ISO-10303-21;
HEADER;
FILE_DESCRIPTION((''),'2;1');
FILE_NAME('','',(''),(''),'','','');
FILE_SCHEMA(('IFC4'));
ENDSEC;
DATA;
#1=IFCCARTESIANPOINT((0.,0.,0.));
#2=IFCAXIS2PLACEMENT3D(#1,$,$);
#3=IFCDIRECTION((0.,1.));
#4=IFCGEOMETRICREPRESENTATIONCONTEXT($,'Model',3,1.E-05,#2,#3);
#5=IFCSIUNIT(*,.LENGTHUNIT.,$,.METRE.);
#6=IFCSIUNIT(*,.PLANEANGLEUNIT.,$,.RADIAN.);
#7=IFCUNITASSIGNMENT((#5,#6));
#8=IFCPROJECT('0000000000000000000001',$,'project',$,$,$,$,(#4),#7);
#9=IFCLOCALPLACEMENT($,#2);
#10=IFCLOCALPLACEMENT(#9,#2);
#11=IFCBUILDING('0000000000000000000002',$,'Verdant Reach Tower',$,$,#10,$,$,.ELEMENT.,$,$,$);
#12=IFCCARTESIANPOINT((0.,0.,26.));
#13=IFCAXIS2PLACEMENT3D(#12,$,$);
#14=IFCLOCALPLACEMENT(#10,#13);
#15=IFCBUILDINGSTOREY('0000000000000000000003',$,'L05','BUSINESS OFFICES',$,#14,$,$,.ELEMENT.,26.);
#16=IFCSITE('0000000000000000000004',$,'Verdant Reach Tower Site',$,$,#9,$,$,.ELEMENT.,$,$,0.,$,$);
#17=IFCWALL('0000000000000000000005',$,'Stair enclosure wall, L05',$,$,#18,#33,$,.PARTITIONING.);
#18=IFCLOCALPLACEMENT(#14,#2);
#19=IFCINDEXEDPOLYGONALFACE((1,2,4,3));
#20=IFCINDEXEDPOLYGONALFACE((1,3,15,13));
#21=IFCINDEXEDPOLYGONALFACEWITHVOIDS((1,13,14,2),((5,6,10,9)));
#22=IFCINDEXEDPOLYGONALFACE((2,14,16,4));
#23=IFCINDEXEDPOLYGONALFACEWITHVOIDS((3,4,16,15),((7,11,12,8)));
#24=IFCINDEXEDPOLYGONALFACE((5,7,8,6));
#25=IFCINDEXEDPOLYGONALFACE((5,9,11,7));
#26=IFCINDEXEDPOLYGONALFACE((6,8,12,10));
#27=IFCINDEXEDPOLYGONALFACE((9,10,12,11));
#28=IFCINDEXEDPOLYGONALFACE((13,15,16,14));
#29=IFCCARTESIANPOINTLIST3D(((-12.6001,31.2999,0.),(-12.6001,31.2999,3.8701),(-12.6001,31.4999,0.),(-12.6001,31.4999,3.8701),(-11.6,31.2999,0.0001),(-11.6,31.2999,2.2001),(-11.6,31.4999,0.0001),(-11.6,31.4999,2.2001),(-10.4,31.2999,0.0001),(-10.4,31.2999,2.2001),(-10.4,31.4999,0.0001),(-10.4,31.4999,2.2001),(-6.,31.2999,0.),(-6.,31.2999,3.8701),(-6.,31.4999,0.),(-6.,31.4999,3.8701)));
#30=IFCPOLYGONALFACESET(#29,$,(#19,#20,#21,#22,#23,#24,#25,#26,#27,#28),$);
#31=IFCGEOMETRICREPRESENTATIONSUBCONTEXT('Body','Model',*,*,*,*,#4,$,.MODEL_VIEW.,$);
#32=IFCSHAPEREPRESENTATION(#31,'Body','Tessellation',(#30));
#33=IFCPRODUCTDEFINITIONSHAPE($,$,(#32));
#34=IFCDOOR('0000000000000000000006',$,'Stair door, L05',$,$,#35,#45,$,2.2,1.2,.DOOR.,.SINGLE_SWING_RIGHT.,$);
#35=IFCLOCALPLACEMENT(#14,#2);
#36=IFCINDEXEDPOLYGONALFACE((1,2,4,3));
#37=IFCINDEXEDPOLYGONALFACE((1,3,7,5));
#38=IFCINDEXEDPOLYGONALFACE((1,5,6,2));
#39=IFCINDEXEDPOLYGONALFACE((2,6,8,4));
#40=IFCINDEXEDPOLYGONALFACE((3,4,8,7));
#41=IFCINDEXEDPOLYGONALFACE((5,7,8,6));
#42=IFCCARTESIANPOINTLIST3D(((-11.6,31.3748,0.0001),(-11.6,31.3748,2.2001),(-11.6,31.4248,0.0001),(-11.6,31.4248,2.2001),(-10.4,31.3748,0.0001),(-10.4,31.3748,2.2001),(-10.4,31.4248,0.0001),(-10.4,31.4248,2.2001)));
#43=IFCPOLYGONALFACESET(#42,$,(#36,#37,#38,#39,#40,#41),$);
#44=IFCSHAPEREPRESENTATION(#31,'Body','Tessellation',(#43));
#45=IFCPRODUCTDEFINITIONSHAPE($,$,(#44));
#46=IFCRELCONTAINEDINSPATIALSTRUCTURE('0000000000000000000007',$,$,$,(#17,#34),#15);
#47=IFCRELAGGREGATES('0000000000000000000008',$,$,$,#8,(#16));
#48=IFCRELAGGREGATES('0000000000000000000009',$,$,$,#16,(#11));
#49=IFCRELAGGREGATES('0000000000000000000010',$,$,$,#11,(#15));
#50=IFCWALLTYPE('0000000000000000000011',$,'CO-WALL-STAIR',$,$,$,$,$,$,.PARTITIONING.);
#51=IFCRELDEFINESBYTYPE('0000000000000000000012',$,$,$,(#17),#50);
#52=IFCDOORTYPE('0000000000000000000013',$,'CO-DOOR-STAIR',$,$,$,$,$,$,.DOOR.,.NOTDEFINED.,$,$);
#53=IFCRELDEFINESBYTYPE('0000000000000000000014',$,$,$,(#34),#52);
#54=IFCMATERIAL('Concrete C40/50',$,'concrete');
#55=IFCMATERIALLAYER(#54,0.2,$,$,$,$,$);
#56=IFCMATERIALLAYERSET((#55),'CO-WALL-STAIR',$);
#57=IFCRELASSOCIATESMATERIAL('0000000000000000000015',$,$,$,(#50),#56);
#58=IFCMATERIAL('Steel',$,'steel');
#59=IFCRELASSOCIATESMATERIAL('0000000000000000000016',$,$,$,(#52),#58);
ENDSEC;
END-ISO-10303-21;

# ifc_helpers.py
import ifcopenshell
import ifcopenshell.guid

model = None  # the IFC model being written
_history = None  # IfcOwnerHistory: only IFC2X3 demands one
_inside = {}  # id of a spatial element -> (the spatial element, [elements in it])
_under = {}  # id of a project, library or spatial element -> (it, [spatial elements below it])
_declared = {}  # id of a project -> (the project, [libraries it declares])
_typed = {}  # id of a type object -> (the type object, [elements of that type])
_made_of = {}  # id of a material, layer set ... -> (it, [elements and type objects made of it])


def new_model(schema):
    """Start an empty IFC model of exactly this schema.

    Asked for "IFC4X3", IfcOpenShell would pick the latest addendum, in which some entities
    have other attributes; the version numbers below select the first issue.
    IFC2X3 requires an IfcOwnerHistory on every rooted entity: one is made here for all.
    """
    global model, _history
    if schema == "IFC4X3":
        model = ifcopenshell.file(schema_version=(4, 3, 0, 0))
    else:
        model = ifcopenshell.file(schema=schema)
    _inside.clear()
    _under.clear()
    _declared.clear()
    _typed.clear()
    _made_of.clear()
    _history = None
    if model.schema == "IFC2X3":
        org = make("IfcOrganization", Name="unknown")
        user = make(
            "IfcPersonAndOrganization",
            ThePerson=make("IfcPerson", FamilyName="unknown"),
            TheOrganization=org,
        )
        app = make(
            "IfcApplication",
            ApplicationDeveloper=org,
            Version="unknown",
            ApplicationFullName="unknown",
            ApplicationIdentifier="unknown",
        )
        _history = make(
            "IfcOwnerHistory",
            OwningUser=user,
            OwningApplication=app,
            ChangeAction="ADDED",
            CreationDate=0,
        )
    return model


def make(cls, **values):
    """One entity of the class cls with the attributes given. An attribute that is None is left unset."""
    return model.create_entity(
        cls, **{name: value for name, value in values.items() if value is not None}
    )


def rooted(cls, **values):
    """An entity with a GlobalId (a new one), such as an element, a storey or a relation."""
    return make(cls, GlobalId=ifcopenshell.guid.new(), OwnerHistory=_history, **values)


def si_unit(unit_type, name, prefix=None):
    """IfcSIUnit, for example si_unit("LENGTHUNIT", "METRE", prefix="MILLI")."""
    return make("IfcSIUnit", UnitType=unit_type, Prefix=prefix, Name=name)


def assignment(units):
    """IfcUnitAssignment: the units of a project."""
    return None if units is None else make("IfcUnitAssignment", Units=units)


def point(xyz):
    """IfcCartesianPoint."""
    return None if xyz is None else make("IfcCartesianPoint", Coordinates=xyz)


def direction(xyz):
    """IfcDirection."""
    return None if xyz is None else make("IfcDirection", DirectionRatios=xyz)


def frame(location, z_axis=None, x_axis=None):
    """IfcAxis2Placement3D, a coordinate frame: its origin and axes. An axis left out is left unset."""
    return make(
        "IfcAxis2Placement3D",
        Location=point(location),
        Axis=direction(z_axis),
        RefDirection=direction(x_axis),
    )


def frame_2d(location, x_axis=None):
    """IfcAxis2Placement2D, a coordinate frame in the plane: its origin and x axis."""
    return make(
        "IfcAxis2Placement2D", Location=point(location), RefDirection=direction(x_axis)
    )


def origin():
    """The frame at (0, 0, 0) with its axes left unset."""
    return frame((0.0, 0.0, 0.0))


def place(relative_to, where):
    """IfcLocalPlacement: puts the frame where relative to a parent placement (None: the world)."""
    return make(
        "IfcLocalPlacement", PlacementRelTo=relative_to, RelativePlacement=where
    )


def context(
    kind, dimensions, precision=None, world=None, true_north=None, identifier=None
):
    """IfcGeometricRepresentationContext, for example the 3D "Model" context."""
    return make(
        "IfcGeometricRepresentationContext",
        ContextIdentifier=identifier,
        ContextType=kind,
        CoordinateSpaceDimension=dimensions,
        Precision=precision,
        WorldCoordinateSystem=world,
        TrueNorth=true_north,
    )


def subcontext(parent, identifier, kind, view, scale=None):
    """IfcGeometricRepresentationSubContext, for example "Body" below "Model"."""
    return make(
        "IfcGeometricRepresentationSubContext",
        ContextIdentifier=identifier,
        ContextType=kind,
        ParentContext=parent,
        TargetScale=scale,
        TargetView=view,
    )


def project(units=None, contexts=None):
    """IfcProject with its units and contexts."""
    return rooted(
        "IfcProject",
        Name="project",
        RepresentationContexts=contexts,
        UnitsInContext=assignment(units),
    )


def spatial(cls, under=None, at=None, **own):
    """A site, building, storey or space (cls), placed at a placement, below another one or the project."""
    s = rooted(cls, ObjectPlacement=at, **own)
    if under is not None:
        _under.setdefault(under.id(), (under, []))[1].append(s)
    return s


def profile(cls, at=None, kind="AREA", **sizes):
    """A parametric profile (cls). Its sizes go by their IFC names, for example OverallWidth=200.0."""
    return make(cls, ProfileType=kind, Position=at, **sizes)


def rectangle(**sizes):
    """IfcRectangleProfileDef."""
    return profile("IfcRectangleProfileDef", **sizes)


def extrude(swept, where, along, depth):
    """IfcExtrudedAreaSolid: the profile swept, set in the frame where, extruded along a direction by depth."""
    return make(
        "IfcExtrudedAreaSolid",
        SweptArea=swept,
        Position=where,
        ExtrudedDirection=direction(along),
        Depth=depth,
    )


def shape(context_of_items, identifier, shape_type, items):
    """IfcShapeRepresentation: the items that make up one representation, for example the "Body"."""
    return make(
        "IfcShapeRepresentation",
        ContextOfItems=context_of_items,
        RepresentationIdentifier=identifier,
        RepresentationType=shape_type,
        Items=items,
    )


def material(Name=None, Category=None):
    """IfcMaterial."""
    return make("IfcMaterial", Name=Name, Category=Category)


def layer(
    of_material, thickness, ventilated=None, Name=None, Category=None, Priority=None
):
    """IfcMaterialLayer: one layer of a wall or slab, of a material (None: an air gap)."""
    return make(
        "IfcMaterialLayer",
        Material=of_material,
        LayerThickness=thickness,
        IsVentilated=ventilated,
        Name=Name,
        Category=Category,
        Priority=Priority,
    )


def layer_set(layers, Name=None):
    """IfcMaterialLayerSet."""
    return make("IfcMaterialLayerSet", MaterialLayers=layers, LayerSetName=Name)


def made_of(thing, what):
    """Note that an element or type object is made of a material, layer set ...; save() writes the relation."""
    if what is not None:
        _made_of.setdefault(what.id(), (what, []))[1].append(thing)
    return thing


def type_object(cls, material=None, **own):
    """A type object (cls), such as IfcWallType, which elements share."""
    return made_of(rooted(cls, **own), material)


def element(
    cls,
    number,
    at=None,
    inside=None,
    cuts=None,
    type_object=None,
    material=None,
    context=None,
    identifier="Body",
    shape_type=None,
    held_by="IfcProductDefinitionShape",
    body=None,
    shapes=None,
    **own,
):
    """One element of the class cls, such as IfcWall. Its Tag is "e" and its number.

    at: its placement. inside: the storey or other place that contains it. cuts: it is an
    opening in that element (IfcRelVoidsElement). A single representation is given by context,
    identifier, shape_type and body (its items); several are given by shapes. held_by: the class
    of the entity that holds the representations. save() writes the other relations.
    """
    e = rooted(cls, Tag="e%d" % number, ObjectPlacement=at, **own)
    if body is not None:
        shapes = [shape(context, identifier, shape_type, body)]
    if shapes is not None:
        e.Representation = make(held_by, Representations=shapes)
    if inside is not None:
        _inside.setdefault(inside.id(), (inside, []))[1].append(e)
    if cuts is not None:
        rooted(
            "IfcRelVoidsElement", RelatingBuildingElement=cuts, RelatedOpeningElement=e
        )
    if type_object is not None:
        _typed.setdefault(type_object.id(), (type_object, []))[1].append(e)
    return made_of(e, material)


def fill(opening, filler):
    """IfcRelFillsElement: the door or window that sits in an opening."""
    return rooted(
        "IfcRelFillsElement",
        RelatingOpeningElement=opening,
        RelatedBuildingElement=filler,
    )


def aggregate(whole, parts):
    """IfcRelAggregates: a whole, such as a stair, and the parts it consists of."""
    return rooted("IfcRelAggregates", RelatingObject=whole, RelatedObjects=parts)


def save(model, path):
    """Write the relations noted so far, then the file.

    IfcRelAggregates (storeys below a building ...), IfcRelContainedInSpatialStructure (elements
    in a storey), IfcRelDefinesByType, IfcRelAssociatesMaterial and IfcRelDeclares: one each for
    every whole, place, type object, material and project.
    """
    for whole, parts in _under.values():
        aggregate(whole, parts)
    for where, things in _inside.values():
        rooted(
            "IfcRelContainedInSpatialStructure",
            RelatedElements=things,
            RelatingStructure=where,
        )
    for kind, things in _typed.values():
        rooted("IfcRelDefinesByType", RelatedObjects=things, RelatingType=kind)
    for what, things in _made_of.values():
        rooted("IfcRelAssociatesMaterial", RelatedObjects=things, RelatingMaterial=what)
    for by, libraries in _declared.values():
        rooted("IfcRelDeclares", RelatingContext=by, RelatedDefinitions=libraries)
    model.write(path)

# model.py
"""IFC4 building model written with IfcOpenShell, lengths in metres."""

from ifc_helpers import new_model, si_unit, direction, frame, frame_2d, origin, place, context, subcontext, project, spatial, rectangle, extrude, material, layer, layer_set, type_object, element, fill, save


model = new_model("IFC4")

# Units and contexts
model_context = context("Model", 3, precision=1e-05, world=origin(), true_north=direction((0.0, 1.0)))
body_context = subcontext(model_context, "Body", "Model", "MODEL_VIEW")
ifc_project = project(units=[si_unit("LENGTHUNIT", "METRE"), si_unit("PLANEANGLEUNIT", "RADIAN")], contexts=[model_context])

# Site, building, storey
site_placement = place(None, origin())
site = spatial("IfcSite", under=ifc_project, at=site_placement, Name="Verdant Reach Tower Site", CompositionType="ELEMENT", RefElevation=0.0)
building_placement = place(site_placement, origin())
building = spatial("IfcBuilding", under=site, at=building_placement, Name="Verdant Reach Tower", CompositionType="ELEMENT")
storey_placement = place(building_placement, frame((0.0, 0.0, 26.0)))
storey = spatial("IfcBuildingStorey", under=building, at=storey_placement, Name="L05", Description="BUSINESS OFFICES", CompositionType="ELEMENT", Elevation=26.0)

# Shared definitions
ifc_material_1 = material(Name="Concrete C40/50", Category="concrete")

# Shared definitions
ifc_material_2 = material(Name="Steel", Category="steel")

# Wall, opening, door
ifc_layer_1 = layer(ifc_material_1, 0.2)
ifc_layer_set_1 = layer_set([ifc_layer_1], Name="CO-WALL-STAIR")
wall_type_1 = type_object("IfcWallType", Name="CO-WALL-STAIR", PredefinedType="PARTITIONING", material=ifc_layer_set_1)
wall_1_placement = place(storey_placement, frame((-12.6001, 31.3999, 0.0), z_axis=(0.0, 0.0, 1.0), x_axis=(1.0, 0.0, 0.0)))
wall_1 = element("IfcWall", 1, at=wall_1_placement, inside=storey, type_object=wall_type_1, Name="Stair enclosure wall, L05", PredefinedType="PARTITIONING", context=body_context, shape_type="SweptSolid", body=[
    extrude(rectangle(XDim=6.6001, YDim=0.2, at=frame_2d((3.3, 0.0))), origin(), (0.0, 0.0, 1.0), 3.8701),
])
opening_1_placement = place(wall_1_placement, frame((1.0, 0.0, 0.0)))
opening_1 = element("IfcOpeningElement", 2, at=opening_1_placement, cuts=wall_1, PredefinedType="OPENING", context=body_context, shape_type="SweptSolid", body=[
    extrude(rectangle(XDim=1.2, YDim=2.2, at=frame_2d((0.6001, 1.1001))), frame((0.0, 0.1099, 0.0), z_axis=(0.0, -1.0, 0.0), x_axis=(1.0, 0.0, 0.0)), (0.0, 0.0, 1.0), 0.22),
])
door_type_1 = type_object("IfcDoorType", Name="CO-DOOR-STAIR", OperationType="NOTDEFINED", PredefinedType="DOOR", material=ifc_material_2)
door_1_placement = place(opening_1_placement, origin())
door_1 = element("IfcDoor", 3, at=door_1_placement, inside=storey, type_object=door_type_1, Name="Stair door, L05", OperationType="SINGLE_SWING_RIGHT", OverallHeight=2.2, OverallWidth=1.2, PredefinedType="DOOR", context=body_context, shape_type="SweptSolid", body=[
    extrude(rectangle(XDim=1.2, YDim=2.2, at=frame_2d((0.6001, 1.1001))), frame((0.0, 0.0249, 0.0), z_axis=(0.0, -1.0, 0.0), x_axis=(1.0, 0.0, 0.0)), (0.0, 0.0, 1.0), 0.05),
])
fill(opening_1, door_1)

save(model, "model.ifc")
